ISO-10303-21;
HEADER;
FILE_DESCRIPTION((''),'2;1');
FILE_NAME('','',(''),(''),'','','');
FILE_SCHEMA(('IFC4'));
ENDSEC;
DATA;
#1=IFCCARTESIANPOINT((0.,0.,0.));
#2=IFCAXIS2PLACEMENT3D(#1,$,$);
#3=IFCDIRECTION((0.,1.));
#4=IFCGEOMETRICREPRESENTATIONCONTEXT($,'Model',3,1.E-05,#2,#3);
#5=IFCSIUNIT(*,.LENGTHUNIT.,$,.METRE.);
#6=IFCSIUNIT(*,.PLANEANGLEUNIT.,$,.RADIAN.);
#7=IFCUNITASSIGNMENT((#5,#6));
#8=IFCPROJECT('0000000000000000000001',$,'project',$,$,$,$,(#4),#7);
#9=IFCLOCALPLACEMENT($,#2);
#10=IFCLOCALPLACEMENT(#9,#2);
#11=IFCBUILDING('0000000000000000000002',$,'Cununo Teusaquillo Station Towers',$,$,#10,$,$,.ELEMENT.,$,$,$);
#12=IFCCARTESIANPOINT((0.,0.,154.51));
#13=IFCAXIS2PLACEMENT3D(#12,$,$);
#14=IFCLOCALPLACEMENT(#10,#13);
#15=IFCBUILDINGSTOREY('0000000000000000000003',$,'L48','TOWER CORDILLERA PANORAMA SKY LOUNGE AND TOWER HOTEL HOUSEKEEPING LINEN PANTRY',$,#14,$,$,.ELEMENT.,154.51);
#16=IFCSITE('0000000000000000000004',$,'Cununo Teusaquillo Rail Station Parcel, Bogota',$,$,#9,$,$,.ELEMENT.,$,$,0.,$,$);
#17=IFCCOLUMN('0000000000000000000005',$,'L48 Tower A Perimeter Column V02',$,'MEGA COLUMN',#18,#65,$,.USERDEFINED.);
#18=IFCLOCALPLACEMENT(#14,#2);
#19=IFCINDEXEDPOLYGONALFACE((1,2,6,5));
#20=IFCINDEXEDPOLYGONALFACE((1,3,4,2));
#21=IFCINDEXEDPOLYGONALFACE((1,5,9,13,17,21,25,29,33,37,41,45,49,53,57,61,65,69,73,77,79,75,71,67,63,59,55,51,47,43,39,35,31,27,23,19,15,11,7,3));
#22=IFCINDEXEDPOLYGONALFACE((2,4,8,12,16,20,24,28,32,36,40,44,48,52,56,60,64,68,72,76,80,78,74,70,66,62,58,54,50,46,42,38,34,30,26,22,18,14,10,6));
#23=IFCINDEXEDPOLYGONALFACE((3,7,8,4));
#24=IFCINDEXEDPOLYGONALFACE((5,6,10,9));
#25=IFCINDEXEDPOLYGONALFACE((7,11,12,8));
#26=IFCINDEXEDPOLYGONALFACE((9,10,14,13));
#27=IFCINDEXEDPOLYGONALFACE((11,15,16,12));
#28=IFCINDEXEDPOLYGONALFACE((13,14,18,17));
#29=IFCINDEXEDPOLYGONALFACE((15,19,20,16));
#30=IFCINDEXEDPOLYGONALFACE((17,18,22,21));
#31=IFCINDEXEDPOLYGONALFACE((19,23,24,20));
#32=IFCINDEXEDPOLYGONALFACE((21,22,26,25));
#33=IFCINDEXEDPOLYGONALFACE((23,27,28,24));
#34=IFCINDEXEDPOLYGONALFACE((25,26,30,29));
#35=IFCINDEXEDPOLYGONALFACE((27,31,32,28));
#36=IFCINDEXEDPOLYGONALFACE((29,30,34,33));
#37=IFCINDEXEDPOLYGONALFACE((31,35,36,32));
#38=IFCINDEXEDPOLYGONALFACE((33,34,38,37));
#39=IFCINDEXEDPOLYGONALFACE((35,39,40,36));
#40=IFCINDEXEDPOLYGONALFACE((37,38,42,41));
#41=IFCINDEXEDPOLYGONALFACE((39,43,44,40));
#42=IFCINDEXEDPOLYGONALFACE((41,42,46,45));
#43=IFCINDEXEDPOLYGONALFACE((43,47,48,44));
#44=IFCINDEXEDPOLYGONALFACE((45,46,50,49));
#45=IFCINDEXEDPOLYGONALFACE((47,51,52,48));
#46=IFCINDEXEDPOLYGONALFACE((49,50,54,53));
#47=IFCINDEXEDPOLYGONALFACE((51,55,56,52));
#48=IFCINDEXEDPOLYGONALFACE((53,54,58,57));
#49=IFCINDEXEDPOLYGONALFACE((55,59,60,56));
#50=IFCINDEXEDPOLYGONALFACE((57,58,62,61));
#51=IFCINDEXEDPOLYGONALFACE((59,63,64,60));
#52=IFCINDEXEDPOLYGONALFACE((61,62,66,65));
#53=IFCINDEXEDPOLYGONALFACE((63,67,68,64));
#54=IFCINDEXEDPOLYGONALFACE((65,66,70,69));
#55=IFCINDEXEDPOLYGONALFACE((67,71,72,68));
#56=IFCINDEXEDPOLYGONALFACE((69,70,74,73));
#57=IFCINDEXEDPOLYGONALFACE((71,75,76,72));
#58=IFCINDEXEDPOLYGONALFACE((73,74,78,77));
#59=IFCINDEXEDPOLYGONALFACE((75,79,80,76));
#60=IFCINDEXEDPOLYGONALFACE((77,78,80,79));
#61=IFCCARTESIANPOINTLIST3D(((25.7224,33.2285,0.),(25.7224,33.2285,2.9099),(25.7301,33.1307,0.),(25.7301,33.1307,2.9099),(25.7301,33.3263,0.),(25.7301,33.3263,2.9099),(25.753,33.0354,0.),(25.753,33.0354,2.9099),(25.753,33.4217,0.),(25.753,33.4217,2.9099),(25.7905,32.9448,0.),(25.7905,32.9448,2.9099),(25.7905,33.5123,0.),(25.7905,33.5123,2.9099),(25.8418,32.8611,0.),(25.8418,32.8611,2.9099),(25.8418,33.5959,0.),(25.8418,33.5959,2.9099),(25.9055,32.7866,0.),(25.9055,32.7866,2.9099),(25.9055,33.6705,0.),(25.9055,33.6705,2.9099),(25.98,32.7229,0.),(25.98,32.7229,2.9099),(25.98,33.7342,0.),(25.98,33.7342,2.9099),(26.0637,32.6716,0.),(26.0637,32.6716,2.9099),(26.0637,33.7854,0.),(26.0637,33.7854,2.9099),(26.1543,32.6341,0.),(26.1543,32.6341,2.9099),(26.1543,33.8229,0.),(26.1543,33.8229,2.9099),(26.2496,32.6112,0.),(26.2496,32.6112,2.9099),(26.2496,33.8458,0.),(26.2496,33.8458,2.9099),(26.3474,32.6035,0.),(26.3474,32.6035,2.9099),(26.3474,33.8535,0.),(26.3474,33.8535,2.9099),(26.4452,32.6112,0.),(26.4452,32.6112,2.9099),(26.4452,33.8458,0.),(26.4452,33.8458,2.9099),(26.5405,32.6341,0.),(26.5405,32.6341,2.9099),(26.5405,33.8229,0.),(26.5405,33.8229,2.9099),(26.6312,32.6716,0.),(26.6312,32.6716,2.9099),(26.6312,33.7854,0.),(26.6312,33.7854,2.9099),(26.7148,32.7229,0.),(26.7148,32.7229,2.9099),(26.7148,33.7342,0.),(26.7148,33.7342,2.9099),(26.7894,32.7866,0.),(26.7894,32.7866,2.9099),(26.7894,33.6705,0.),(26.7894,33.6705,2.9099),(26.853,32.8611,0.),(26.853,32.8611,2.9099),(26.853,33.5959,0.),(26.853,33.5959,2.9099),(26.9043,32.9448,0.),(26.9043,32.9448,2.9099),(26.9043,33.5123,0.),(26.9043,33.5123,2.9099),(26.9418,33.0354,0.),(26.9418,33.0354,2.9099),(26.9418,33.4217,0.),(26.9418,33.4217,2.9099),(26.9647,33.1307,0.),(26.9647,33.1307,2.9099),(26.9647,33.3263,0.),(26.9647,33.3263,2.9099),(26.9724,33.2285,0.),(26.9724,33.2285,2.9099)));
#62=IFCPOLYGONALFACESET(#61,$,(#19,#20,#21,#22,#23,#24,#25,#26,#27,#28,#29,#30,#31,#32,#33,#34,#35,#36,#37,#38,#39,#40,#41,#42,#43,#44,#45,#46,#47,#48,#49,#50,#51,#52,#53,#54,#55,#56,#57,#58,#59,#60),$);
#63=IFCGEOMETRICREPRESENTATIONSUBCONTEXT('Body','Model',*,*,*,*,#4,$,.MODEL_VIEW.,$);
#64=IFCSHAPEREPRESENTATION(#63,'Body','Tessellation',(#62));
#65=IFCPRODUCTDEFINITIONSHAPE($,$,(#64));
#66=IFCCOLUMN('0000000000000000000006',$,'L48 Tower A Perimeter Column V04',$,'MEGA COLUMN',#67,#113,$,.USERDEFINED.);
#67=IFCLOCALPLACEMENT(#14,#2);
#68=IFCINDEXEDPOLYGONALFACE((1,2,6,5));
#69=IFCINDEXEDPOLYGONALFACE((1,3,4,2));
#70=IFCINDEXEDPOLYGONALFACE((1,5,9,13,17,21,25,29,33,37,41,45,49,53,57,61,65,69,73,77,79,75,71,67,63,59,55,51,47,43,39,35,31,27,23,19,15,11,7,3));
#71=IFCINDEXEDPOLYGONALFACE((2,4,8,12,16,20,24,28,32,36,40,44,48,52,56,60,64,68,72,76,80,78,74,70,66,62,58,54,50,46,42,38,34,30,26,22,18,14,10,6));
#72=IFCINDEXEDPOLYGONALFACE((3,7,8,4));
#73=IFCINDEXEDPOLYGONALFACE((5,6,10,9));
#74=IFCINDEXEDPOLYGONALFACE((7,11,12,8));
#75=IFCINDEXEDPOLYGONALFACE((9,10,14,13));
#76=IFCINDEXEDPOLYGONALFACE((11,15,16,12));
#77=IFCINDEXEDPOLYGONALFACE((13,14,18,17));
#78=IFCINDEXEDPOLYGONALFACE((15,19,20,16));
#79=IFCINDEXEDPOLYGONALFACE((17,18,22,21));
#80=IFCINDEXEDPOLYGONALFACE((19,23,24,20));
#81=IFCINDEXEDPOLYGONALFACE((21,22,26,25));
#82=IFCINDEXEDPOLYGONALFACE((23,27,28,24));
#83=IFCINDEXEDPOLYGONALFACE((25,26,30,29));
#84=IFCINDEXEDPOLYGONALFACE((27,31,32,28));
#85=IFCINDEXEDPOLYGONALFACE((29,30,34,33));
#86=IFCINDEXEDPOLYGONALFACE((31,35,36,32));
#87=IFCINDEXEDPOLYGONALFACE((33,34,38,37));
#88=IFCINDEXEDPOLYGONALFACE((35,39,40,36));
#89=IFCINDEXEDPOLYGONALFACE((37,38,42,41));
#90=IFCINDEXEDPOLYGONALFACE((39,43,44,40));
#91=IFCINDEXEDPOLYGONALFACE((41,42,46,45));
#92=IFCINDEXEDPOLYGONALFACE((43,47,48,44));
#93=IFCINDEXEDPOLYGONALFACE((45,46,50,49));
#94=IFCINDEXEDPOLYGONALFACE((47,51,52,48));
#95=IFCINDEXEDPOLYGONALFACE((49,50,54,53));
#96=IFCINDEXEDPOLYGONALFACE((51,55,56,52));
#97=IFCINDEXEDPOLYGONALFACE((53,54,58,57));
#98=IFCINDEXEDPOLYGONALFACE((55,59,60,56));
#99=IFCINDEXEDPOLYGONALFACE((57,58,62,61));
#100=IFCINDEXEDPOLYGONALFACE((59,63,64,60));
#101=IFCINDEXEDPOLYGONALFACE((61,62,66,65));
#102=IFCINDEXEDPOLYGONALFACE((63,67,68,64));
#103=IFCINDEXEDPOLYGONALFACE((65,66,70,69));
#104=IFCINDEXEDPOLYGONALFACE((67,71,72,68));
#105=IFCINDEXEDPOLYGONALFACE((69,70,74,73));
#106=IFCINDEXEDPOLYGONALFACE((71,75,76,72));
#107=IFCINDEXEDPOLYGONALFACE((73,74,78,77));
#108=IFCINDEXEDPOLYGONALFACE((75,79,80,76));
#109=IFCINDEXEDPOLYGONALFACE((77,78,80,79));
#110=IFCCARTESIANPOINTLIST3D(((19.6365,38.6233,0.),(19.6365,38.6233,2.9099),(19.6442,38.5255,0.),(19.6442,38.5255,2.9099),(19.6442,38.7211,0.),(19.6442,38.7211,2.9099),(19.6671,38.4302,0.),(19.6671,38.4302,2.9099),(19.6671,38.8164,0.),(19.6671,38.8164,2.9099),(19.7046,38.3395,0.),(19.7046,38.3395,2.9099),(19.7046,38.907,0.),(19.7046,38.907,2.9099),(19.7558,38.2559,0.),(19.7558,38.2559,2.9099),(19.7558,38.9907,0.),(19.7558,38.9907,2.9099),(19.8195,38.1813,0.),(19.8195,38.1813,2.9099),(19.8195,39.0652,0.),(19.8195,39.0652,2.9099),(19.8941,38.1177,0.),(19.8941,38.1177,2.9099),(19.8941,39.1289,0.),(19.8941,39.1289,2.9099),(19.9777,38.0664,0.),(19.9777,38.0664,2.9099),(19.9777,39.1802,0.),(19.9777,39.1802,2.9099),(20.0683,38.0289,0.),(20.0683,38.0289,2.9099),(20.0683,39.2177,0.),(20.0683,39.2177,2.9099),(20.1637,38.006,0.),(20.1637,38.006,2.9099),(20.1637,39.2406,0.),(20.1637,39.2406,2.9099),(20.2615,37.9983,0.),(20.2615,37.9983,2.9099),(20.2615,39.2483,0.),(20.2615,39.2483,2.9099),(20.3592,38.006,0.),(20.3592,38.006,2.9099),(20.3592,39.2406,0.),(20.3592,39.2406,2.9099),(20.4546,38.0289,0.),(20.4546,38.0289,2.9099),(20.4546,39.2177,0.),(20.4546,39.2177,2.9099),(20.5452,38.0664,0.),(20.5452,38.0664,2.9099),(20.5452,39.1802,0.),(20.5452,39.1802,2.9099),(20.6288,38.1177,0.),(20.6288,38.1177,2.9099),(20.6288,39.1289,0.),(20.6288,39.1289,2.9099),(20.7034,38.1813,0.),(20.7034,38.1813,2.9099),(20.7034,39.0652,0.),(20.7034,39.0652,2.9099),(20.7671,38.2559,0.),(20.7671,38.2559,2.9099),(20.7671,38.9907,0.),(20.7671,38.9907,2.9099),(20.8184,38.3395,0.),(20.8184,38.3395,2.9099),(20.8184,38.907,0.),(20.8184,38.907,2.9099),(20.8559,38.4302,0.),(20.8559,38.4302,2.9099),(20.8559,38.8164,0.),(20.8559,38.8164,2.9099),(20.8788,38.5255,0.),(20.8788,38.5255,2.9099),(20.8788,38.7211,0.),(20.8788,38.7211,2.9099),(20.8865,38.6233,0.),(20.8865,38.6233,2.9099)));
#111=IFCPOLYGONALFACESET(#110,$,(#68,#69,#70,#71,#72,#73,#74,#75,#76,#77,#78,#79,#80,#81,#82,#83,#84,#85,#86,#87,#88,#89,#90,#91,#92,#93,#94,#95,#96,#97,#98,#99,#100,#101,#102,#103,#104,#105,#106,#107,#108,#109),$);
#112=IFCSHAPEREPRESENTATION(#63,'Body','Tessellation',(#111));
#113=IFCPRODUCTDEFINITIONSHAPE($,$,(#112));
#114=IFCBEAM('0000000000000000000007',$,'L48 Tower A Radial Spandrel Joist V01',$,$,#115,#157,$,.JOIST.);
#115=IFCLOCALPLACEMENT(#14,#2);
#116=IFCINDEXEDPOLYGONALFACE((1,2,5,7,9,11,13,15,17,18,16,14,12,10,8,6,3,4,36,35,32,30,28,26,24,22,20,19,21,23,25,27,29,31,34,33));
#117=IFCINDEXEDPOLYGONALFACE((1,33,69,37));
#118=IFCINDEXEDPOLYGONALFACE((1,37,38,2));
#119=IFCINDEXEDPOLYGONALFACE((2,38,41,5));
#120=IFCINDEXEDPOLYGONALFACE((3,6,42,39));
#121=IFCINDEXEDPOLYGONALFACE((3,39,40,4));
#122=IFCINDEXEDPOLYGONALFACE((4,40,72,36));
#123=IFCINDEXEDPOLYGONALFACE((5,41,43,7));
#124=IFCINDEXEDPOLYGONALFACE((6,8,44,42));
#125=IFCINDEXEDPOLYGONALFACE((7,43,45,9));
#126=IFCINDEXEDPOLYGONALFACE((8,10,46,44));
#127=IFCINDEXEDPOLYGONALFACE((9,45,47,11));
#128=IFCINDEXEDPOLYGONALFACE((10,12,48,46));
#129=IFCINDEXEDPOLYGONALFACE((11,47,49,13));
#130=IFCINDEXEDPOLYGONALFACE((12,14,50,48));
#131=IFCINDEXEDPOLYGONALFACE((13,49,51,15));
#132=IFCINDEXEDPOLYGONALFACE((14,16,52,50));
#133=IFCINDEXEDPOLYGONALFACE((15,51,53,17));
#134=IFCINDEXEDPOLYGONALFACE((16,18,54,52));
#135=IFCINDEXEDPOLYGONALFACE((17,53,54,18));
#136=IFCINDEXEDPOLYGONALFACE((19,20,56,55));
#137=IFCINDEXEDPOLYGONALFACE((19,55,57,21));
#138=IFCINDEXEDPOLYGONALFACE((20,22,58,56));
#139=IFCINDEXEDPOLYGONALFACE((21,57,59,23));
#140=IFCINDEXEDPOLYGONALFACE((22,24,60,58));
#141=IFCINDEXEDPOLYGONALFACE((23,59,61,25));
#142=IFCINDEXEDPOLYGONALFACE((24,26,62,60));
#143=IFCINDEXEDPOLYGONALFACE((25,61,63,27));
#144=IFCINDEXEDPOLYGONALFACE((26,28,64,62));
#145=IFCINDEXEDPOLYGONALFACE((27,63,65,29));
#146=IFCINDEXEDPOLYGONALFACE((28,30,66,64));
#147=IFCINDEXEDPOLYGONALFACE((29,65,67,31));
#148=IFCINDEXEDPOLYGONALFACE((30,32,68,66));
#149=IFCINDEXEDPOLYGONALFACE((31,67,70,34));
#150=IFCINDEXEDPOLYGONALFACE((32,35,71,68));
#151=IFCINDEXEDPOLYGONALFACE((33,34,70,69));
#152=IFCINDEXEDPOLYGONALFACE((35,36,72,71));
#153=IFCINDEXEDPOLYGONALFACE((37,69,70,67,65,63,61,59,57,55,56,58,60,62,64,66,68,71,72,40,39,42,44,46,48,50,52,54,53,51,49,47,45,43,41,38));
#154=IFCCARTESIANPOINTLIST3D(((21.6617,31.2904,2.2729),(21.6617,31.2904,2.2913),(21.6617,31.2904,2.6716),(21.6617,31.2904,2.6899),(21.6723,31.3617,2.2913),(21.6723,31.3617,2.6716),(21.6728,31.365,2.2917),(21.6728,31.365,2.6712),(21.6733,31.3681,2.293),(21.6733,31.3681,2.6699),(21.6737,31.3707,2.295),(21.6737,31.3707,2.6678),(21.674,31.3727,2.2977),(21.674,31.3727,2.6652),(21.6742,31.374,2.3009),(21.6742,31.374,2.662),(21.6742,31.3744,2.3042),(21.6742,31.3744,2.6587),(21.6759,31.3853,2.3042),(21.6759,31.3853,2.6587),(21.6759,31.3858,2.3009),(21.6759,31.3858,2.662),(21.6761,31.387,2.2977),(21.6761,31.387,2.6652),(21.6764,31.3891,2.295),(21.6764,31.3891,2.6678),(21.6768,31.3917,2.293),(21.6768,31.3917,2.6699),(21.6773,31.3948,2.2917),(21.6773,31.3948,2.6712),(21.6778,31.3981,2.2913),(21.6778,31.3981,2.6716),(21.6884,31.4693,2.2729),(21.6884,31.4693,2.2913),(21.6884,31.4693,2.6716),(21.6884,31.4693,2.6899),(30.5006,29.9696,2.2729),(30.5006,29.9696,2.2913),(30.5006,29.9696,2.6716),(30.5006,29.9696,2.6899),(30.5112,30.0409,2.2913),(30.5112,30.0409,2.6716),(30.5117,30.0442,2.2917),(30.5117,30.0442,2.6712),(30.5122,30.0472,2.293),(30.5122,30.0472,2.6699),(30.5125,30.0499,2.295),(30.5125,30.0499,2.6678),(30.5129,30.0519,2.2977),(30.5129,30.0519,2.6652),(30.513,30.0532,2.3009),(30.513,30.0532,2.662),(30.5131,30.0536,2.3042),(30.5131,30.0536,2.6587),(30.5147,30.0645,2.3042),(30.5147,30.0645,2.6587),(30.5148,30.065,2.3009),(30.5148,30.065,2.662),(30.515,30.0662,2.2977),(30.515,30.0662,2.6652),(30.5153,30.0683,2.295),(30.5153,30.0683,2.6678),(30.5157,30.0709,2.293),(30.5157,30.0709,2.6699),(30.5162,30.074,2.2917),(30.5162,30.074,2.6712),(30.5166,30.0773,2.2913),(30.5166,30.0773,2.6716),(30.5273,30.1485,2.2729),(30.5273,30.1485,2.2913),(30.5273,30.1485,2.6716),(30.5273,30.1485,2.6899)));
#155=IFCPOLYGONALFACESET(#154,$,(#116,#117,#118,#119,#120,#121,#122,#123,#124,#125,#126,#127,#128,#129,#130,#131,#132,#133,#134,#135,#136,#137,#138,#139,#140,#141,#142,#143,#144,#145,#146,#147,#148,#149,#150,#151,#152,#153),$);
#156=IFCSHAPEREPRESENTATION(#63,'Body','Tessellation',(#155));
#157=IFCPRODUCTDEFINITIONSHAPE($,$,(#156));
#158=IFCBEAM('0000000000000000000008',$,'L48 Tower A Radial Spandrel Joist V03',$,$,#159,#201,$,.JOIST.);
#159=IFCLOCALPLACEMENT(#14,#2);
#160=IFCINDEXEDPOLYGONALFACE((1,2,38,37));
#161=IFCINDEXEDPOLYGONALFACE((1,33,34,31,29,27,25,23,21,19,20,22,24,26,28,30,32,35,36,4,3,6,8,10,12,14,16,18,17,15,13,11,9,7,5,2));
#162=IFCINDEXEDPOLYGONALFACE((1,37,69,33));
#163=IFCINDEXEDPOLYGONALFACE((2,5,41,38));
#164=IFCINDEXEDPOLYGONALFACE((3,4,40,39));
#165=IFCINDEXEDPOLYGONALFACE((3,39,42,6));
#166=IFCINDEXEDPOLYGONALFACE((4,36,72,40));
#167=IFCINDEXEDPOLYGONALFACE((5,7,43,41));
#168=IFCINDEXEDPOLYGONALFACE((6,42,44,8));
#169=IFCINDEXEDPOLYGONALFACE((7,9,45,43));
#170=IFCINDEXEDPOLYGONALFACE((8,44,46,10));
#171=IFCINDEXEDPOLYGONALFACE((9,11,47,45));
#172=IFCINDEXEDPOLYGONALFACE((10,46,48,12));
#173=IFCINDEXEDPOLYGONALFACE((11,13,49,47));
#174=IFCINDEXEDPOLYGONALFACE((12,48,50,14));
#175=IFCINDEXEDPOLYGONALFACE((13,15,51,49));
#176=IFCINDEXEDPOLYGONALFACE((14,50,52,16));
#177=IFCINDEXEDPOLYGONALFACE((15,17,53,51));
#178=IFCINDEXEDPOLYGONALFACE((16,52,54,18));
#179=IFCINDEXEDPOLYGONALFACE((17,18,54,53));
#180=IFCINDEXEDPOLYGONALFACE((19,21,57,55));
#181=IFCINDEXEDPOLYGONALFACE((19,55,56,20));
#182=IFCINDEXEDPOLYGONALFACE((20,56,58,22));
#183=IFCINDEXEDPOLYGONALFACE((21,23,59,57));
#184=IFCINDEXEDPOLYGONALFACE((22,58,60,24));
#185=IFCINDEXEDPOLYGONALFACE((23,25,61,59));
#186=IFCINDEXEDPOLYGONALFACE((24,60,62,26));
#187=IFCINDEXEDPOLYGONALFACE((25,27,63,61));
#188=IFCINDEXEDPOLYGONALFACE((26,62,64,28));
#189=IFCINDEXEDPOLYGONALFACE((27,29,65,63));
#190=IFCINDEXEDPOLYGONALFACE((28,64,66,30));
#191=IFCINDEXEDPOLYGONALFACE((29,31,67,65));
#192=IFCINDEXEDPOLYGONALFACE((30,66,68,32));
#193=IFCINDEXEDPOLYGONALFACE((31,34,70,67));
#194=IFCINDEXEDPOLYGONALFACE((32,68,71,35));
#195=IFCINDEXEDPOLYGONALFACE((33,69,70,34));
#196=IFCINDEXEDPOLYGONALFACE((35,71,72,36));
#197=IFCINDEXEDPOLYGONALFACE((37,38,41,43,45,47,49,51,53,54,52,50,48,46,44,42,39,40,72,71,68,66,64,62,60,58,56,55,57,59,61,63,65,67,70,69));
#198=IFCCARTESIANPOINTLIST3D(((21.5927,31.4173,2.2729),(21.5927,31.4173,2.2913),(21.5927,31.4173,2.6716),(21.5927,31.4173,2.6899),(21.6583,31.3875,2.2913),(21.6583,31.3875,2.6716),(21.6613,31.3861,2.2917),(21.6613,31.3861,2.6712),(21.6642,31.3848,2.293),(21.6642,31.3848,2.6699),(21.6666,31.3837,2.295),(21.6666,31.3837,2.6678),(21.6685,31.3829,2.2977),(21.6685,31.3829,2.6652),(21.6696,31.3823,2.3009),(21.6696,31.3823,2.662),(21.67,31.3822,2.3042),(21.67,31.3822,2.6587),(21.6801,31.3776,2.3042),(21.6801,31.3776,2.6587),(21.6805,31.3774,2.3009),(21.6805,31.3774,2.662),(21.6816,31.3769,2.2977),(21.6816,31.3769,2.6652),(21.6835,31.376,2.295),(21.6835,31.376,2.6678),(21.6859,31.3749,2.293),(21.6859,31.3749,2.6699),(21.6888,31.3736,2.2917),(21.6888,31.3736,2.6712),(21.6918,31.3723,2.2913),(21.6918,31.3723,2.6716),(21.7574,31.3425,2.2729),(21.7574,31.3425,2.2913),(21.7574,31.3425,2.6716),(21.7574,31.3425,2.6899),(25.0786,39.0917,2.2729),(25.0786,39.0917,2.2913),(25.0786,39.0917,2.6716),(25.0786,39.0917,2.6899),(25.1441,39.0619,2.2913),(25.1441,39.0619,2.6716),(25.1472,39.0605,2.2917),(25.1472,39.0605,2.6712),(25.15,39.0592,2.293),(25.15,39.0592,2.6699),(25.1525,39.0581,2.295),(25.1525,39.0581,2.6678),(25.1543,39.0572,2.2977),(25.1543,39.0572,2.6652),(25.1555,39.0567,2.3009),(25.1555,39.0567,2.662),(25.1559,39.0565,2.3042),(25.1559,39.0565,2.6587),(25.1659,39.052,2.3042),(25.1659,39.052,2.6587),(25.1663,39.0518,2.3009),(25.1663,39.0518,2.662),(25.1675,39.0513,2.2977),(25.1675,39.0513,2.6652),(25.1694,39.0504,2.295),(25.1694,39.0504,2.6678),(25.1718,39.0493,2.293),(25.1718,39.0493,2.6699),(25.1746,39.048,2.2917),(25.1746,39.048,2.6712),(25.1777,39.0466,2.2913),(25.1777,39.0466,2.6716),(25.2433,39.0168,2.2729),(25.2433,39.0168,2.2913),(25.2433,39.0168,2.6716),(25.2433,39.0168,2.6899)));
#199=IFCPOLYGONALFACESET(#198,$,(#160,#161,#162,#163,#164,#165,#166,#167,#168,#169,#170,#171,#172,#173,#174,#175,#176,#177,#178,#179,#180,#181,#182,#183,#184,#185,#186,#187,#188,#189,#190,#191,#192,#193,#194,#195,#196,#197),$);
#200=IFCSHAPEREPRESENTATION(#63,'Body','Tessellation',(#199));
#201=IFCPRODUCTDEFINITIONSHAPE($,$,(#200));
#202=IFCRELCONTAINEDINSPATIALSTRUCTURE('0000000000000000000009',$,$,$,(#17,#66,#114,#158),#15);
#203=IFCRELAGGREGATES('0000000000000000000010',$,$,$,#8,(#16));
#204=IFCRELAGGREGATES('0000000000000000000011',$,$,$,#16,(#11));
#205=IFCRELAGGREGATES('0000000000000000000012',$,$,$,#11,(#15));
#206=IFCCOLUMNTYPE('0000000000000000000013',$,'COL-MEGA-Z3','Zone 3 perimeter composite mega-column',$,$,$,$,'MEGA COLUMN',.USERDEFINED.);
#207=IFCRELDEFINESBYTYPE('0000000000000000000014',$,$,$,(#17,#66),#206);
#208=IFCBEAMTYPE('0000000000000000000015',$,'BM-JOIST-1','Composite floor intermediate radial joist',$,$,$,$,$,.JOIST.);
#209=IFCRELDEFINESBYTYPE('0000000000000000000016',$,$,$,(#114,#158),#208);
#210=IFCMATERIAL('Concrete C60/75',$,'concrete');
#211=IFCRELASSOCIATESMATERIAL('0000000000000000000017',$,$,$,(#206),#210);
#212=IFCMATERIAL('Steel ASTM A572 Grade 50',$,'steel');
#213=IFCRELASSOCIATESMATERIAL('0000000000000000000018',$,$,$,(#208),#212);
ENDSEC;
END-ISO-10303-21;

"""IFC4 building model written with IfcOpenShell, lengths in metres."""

from ifc_helpers import new_model, si_unit, direction, frame, origin, origin_2d, place, context, subcontext, project, spatial, circle, i_section, extrude, material, material_profile, profile_set, type_object, element, save


model = new_model("IFC4")

# Units and contexts
model_context = context("Model", 3, precision=1e-05, world=origin(), true_north=direction((0.0, 1.0)))
body_context = subcontext(model_context, "Body", "Model", "MODEL_VIEW")
ifc_project = project(units=[si_unit("LENGTHUNIT", "METRE"), si_unit("PLANEANGLEUNIT", "RADIAN")], contexts=[model_context])

# Site, building, storey
site_placement = place(None, origin())
site = spatial("IfcSite", under=ifc_project, at=site_placement, Name="Cununo Teusaquillo Rail Station Parcel, Bogota", CompositionType="ELEMENT", RefElevation=0.0)
building_placement = place(site_placement, origin())
building = spatial("IfcBuilding", under=site, at=building_placement, Name="Cununo Teusaquillo Station Towers", CompositionType="ELEMENT")
storey_placement = place(building_placement, frame((0.0, 0.0, 154.51)))
storey = spatial("IfcBuildingStorey", under=building, at=storey_placement, Name="L48", Description="TOWER CORDILLERA PANORAMA SKY LOUNGE AND TOWER HOTEL HOUSEKEEPING LINEN PANTRY", CompositionType="ELEMENT", Elevation=154.51)

# Columns
ifc_material_1 = material(Name="Concrete C60/75", Category="concrete")
ifc_material_profile_1 = material_profile(ifc_material_1, circle(Radius=0.625, at=origin_2d()), Name="RC-CIRC-1250")
ifc_profile_set_1 = profile_set([ifc_material_profile_1], Name="Concrete C60/75")
column_type = type_object("IfcColumnType", Name="COL-MEGA-Z3", Description="Zone 3 perimeter composite mega-column", ElementType="MEGA COLUMN", PredefinedType="USERDEFINED", material=ifc_profile_set_1)
for number, where, z_axis, x_axis, name in (
    (1, (26.3474, 33.2285, 0.0), (0.0, 0.0, 1.0), (1.0, 0.0, 0.0), "L48 Tower A Perimeter Column V02"),
    (2, (20.2615, 38.6233, 0.0), (0.0, 0.0, 1.0), (1.0, 0.0, 0.0), "L48 Tower A Perimeter Column V04"),
):
    element("IfcColumn", number, at=place(storey_placement, frame(where, z_axis=z_axis, x_axis=x_axis)), inside=storey, type_object=column_type, Name=name, ObjectType="MEGA COLUMN", PredefinedType="USERDEFINED", context=body_context, shape_type="SweptSolid", body=[
        extrude(circle(Radius=0.625, at=origin_2d()), origin(), (0.0, 0.0, 1.0), 2.9099),
    ])

# Beams
ifc_material_2 = material(Name="Steel ASTM A572 Grade 50", Category="steel")
ifc_material_profile_2 = material_profile(ifc_material_2, i_section(OverallWidth=0.1809, OverallDepth=0.417, WebThickness=0.011, FlangeThickness=0.0183, FilletRadius=0.0129, at=origin_2d()), Name="W16X57")
ifc_profile_set_2 = profile_set([ifc_material_profile_2], Name="Steel ASTM A572 Grade 50")
beam_type_1 = type_object("IfcBeamType", Name="BM-JOIST-1", Description="Composite floor intermediate radial joist", PredefinedType="JOIST", material=ifc_profile_set_2)
beam_1_placement = place(storey_placement, frame((21.675, 31.3799, 2.4814), z_axis=(0.989019, -0.14779, 0.0), x_axis=(0.14779, 0.989019, 0.0)))
element("IfcBeam", 3, at=beam_1_placement, inside=storey, type_object=beam_type_1, Name="L48 Tower A Radial Spandrel Joist V01", PredefinedType="JOIST", context=body_context, shape_type="SweptSolid", body=[
    extrude(i_section(OverallWidth=0.1809, OverallDepth=0.417, WebThickness=0.011, FlangeThickness=0.0183, FilletRadius=0.0129, at=origin_2d()), origin(), (0.0, 0.0, 1.0), 8.937),
])
beam_2_placement = place(storey_placement, frame((21.675, 31.3799, 2.4814), z_axis=(0.413559, 0.910478, 0.0), x_axis=(-0.910478, 0.413559, 0.0)))
element("IfcBeam", 4, at=beam_2_placement, inside=storey, type_object=beam_type_1, Name="L48 Tower A Radial Spandrel Joist V03", PredefinedType="JOIST", context=body_context, shape_type="SweptSolid", body=[
    extrude(i_section(OverallWidth=0.1809, OverallDepth=0.417, WebThickness=0.011, FlangeThickness=0.0183, FilletRadius=0.0129, at=origin_2d()), origin(), (0.0, 0.0, 1.0), 8.429),
])

save(model, "model.ifc")
